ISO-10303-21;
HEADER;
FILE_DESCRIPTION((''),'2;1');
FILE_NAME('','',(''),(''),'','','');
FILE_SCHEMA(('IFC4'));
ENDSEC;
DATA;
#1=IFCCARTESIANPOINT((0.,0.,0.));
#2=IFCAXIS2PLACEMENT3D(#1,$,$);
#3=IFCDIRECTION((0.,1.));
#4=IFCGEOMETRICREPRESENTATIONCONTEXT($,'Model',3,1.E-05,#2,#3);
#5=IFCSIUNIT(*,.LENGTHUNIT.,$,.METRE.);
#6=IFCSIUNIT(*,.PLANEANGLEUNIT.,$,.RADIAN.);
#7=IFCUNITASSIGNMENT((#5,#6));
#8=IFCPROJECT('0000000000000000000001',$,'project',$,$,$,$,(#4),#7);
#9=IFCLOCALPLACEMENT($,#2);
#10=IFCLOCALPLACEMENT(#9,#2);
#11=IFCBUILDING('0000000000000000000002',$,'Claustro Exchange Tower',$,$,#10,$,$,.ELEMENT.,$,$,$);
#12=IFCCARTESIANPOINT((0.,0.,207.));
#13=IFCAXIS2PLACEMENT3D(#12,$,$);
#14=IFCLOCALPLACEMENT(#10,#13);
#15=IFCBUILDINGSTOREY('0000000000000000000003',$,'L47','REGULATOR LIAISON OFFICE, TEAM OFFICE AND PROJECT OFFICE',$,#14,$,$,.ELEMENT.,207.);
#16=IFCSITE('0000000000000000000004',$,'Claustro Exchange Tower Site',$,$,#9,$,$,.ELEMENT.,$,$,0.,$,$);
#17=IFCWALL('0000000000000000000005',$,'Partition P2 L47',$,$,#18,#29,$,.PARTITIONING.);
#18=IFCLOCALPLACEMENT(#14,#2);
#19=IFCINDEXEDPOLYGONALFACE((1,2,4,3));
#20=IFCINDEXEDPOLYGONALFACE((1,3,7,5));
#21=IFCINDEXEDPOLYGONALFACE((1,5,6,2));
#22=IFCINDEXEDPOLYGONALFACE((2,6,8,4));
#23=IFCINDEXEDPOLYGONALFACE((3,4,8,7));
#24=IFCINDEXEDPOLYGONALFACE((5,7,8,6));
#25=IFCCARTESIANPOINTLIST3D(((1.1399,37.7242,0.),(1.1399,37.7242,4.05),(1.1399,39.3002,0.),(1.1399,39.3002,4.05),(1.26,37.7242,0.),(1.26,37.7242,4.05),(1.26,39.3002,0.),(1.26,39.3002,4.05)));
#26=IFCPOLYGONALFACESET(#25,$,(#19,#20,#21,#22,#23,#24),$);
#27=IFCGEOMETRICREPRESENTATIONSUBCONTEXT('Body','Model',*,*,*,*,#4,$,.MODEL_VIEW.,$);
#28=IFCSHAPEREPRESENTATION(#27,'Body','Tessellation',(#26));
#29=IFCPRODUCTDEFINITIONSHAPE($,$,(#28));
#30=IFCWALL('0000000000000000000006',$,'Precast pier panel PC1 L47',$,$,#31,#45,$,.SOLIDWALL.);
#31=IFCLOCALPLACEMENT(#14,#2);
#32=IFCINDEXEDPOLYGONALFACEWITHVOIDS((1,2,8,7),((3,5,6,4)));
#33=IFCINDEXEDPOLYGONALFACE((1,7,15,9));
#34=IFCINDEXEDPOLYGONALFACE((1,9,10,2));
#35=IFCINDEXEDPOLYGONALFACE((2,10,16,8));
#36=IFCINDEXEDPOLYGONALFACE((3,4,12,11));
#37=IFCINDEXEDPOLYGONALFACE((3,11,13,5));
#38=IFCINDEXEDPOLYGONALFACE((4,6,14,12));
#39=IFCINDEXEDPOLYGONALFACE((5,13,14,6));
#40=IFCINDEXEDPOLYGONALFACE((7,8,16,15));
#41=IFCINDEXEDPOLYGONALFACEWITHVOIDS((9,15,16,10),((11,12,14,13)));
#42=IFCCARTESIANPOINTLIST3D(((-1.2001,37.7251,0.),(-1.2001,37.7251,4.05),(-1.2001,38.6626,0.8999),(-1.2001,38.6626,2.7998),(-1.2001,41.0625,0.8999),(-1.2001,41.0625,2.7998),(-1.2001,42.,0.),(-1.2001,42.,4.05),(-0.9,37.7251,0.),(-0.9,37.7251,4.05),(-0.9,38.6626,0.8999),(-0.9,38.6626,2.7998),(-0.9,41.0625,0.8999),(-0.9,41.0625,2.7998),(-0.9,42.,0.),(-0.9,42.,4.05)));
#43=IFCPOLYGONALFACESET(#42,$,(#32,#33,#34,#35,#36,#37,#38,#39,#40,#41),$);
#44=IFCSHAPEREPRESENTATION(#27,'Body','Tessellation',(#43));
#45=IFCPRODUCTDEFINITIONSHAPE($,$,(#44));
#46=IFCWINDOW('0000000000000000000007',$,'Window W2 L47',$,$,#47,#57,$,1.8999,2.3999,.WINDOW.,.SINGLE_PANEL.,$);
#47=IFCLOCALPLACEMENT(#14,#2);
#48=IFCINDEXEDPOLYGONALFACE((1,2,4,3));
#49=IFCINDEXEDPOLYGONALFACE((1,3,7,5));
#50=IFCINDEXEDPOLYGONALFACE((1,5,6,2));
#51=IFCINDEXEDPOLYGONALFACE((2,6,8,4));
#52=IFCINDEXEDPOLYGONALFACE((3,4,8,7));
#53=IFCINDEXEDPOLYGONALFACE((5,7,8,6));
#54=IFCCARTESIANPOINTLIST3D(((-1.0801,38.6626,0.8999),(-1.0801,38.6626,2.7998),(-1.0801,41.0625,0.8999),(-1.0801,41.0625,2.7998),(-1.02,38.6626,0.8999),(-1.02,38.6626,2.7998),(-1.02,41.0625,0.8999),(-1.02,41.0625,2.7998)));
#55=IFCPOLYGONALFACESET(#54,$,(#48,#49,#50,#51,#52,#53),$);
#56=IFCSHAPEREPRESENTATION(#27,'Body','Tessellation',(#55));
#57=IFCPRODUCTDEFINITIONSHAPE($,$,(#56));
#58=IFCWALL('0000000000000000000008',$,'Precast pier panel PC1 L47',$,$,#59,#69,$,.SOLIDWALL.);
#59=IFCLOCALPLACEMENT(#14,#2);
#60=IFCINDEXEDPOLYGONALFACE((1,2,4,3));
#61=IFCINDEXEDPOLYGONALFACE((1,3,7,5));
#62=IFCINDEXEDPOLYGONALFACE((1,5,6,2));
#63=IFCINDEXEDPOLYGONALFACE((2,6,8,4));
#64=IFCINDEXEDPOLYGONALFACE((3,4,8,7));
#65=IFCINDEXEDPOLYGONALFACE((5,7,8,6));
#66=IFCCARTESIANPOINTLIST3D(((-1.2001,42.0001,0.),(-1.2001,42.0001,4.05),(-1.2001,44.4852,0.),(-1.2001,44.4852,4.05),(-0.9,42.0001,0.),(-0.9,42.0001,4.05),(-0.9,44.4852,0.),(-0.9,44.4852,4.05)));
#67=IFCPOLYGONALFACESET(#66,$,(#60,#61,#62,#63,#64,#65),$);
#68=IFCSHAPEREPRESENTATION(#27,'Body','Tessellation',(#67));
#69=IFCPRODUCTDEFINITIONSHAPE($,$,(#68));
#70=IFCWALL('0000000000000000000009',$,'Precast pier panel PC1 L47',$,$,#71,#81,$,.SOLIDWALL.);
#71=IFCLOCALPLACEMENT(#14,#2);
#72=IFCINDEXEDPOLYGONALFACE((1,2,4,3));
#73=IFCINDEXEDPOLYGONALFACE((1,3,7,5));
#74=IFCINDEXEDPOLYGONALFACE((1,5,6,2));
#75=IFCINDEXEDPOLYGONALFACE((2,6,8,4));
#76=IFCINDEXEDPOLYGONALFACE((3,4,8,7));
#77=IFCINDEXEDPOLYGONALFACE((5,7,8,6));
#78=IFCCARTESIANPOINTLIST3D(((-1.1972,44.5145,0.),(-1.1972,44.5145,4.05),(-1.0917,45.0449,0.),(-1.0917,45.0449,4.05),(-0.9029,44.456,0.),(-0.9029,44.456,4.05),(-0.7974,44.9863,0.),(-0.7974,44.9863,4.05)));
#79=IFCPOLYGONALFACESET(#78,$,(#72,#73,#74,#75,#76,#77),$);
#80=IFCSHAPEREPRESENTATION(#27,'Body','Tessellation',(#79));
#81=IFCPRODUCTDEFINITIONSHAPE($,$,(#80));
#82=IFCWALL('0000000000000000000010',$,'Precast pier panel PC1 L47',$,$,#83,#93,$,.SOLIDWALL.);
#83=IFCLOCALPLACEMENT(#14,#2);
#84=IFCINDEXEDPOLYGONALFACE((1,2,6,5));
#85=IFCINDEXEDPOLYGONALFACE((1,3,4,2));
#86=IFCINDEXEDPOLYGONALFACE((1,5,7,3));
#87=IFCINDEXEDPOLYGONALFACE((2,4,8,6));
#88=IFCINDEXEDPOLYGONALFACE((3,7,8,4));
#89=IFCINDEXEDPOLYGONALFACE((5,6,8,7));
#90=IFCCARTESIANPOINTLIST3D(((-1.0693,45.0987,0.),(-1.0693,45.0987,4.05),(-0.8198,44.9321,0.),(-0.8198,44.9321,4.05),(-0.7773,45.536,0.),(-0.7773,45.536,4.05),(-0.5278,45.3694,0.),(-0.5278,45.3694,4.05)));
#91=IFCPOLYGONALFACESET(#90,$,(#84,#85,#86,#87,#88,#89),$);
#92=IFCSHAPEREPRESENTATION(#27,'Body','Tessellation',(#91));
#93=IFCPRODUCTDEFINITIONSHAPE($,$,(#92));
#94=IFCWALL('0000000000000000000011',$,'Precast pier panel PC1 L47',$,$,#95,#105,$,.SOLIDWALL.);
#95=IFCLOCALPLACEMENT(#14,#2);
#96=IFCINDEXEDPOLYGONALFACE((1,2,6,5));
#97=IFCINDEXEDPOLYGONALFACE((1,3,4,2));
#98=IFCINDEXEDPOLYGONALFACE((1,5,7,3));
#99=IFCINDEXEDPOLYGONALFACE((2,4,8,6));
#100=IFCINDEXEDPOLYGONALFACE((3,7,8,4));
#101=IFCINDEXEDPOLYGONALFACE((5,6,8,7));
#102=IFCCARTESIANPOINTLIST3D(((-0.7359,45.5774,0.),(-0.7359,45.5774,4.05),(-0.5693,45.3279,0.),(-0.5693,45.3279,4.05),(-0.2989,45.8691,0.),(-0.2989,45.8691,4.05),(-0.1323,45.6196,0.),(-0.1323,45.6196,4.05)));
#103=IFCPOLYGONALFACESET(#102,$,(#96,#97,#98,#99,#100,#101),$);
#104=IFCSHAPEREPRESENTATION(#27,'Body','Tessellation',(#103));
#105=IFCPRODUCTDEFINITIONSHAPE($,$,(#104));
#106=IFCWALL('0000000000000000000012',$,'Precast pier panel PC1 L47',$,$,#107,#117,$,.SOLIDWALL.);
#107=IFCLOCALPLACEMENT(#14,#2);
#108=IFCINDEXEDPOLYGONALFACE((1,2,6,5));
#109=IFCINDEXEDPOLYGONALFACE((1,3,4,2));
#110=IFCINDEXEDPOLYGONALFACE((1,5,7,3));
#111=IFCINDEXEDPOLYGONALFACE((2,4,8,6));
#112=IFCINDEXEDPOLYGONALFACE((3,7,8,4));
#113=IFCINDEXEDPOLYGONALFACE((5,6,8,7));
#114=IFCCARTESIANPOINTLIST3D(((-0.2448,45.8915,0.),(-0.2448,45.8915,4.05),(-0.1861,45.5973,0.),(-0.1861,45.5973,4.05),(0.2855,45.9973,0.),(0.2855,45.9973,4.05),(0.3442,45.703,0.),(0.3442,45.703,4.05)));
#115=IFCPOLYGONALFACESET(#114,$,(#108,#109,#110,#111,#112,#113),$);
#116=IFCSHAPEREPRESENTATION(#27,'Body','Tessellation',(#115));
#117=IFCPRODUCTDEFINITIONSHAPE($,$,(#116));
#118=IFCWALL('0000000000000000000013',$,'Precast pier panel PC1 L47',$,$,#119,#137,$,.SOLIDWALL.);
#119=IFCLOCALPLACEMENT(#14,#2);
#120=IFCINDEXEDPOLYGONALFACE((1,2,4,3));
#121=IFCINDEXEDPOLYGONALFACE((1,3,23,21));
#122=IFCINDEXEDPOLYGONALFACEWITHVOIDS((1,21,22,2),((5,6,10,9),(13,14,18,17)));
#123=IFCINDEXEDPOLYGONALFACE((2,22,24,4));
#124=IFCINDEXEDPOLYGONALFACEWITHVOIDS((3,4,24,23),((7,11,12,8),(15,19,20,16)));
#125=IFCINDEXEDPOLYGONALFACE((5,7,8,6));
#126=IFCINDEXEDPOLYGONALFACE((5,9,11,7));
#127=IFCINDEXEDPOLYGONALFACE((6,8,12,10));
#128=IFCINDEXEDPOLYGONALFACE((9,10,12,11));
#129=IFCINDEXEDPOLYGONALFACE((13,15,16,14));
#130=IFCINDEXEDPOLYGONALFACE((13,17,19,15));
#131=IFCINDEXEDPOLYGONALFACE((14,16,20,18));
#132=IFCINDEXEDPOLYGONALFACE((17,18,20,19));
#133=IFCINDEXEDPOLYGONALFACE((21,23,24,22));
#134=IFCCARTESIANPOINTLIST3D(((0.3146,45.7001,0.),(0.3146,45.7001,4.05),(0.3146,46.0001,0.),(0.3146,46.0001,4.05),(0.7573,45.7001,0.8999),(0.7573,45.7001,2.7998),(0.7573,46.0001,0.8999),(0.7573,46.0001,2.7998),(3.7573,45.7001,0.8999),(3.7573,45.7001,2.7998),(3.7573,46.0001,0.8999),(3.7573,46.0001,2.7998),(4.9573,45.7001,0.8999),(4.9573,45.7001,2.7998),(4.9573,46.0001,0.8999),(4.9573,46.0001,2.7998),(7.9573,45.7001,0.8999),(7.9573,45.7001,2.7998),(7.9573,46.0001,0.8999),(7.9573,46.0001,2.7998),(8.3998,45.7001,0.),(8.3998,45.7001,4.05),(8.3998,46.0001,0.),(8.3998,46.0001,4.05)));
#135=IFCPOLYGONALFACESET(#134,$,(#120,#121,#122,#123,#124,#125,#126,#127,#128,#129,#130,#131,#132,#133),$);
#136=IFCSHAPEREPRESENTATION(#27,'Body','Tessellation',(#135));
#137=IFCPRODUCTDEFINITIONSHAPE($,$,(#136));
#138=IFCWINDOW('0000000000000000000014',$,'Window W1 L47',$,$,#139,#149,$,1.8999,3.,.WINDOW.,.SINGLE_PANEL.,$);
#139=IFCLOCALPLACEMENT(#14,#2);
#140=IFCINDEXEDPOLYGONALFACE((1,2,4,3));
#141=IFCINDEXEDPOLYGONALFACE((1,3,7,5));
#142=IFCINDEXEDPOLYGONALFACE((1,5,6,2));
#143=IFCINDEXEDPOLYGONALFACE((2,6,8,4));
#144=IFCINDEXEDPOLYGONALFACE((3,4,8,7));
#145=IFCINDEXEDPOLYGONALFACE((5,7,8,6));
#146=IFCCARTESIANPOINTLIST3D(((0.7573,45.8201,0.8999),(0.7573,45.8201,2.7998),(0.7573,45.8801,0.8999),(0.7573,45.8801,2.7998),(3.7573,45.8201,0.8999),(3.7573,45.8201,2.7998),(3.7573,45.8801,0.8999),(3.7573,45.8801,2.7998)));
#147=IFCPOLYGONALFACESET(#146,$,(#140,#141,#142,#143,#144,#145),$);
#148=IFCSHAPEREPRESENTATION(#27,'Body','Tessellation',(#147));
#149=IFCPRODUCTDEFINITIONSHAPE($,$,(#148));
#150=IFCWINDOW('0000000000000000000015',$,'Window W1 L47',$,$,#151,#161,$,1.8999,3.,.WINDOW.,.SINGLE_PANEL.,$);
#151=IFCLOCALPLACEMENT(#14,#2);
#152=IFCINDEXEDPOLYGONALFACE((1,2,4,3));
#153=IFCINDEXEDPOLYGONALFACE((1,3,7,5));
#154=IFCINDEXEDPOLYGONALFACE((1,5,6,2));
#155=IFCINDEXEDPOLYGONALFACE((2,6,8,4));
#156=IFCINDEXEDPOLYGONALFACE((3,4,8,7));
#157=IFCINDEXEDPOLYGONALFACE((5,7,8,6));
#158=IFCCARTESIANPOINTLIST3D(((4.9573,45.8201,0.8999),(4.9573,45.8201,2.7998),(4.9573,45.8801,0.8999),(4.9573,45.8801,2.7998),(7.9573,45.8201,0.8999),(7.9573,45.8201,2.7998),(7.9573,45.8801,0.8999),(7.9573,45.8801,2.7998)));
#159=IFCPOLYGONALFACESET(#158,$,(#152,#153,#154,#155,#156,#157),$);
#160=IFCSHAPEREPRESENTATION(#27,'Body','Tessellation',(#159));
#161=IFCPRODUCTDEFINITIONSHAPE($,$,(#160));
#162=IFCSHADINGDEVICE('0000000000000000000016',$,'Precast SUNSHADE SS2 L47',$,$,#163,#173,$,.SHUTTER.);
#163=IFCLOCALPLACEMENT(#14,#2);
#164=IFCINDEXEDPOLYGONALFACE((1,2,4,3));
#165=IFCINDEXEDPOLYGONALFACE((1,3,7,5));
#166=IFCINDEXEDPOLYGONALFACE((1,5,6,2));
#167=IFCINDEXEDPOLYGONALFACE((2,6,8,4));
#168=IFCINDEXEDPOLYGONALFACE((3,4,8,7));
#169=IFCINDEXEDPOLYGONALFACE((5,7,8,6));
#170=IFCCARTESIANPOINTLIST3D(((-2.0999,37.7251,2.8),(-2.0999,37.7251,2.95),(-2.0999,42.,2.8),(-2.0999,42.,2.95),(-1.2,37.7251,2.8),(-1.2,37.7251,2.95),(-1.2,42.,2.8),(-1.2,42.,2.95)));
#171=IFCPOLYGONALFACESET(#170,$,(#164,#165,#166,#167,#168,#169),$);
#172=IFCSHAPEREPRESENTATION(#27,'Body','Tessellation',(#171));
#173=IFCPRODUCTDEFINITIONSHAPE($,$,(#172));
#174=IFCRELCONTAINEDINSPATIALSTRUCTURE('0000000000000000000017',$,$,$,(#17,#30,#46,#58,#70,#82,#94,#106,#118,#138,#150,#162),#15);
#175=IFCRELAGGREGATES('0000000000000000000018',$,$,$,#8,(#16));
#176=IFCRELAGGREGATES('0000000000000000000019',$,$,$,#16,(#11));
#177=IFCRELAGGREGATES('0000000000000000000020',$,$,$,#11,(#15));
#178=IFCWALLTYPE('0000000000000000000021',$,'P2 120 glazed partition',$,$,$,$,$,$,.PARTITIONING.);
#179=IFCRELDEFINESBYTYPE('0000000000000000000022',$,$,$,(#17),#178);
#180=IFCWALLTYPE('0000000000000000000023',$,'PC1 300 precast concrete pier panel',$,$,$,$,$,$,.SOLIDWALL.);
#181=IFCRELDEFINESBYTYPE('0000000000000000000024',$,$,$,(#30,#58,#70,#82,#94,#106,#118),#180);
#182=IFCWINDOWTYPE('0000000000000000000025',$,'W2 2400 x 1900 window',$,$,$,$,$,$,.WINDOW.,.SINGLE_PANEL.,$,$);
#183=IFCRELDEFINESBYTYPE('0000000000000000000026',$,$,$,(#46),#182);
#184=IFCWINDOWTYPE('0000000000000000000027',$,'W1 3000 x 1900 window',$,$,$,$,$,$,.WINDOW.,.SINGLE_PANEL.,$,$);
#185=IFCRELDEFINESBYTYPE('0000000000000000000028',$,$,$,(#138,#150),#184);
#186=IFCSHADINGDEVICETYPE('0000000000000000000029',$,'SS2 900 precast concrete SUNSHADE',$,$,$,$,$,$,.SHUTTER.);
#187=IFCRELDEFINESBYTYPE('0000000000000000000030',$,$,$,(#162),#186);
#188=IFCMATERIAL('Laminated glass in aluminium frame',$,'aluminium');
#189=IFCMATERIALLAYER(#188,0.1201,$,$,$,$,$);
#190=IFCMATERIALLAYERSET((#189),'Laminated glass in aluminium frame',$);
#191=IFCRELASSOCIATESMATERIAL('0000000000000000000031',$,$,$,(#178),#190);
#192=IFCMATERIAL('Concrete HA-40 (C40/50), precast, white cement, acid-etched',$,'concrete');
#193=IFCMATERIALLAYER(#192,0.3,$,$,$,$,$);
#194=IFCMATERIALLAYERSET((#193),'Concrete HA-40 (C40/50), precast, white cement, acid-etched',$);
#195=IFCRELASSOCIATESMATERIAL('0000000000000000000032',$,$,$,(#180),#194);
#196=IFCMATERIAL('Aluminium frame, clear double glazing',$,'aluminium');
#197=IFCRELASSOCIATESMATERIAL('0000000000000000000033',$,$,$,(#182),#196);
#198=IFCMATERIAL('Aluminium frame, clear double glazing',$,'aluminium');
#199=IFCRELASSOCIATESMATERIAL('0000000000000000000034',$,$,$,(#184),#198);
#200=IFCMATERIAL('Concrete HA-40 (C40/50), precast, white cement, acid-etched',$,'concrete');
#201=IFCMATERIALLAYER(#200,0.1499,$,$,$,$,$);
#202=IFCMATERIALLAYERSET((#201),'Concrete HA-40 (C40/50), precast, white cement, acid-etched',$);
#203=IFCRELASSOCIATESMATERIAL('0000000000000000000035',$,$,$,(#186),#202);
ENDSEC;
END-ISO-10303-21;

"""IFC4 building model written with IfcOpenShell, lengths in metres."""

from ifc_helpers import new_model, si_unit, direction, frame, frame_2d, origin, origin_2d, place, context, subcontext, project, spatial, rectangle, extrude, material, layer, layer_set, type_object, element, fill, save


model = new_model("IFC4")

# Units and contexts
model_context = context("Model", 3, precision=1e-05, world=origin(), true_north=direction((0.0, 1.0)))
body_context = subcontext(model_context, "Body", "Model", "MODEL_VIEW")
ifc_project = project(units=[si_unit("LENGTHUNIT", "METRE"), si_unit("PLANEANGLEUNIT", "RADIAN")], contexts=[model_context])

# Site, building, storey
site_placement = place(None, origin())
site = spatial("IfcSite", under=ifc_project, at=site_placement, Name="Claustro Exchange Tower Site", CompositionType="ELEMENT", RefElevation=0.0)
building_placement = place(site_placement, origin())
building = spatial("IfcBuilding", under=site, at=building_placement, Name="Claustro Exchange Tower", CompositionType="ELEMENT")
storey_placement = place(building_placement, frame((0.0, 0.0, 207.0)))
storey = spatial("IfcBuildingStorey", under=building, at=storey_placement, Name="L47", Description="REGULATOR LIAISON OFFICE, TEAM OFFICE AND PROJECT OFFICE", CompositionType="ELEMENT", Elevation=207.0)

# Shared definitions
ifc_material_1 = material(Name="Laminated glass in aluminium frame", Category="aluminium")
ifc_layer_1 = layer(ifc_material_1, 0.1201)
ifc_layer_set_1 = layer_set([ifc_layer_1], Name="Laminated glass in aluminium frame")
wall_type_1 = type_object("IfcWallType", Name="P2 120 glazed partition", PredefinedType="PARTITIONING", material=ifc_layer_set_1)

# Wall
wall_1_placement = place(storey_placement, frame((1.2, 37.7241, 0.0), z_axis=(0.0, 0.0, 1.0), x_axis=(0.0, 1.0, 0.0)))
element("IfcWall", 1, at=wall_1_placement, inside=storey, type_object=wall_type_1, Name="Partition P2 L47", PredefinedType="PARTITIONING", context=body_context, shape_type="SweptSolid", body=[
    extrude(rectangle(XDim=1.5759, YDim=0.1201, at=frame_2d((0.7881, 0.0))), origin(), (0.0, 0.0, 1.0), 4.05),
])

# Wall, opening, window
ifc_material_2 = material(Name="Concrete HA-40 (C40/50), precast, white cement, acid-etched", Category="concrete")
ifc_layer_2 = layer(ifc_material_2, 0.3)
ifc_layer_set_2 = layer_set([ifc_layer_2], Name="Concrete HA-40 (C40/50), precast, white cement, acid-etched")
wall_type_2 = type_object("IfcWallType", Name="PC1 300 precast concrete pier panel", PredefinedType="SOLIDWALL", material=ifc_layer_set_2)
wall_2_placement = place(storey_placement, frame((-1.05, 37.7251, 0.0), z_axis=(0.0, 0.0, 1.0), x_axis=(0.0, 1.0, 0.0)))
wall_2 = element("IfcWall", 2, at=wall_2_placement, inside=storey, type_object=wall_type_2, Name="Precast pier panel PC1 L47", PredefinedType="SOLIDWALL", context=body_context, shape_type="SweptSolid", body=[
    extrude(rectangle(XDim=4.2749, YDim=0.3, at=frame_2d((2.1375, 0.0))), origin(), (0.0, 0.0, 1.0), 4.05),
])
opening_1_placement = place(wall_2_placement, frame((0.9375, 0.0, 0.8999)))
opening_1 = element("IfcOpeningElement", 3, at=opening_1_placement, cuts=wall_2, PredefinedType="OPENING", context=body_context, shape_type="SweptSolid", body=[
    extrude(rectangle(XDim=2.3999, YDim=1.8999, at=frame_2d((1.2, 0.95))), frame((0.0, 0.1599, 0.0), z_axis=(0.0, -1.0, 0.0), x_axis=(1.0, 0.0, 0.0)), (0.0, 0.0, 1.0), 0.3201),
])
ifc_material_3 = material(Name="Aluminium frame, clear double glazing", Category="aluminium")
window_type_1 = type_object("IfcWindowType", Name="W2 2400 x 1900 window", PartitioningType="SINGLE_PANEL", PredefinedType="WINDOW", material=ifc_material_3)
window_1_placement = place(opening_1_placement, origin())
window_1 = element("IfcWindow", 4, at=window_1_placement, inside=storey, type_object=window_type_1, Name="Window W2 L47", OverallHeight=1.8999, OverallWidth=2.3999, PartitioningType="SINGLE_PANEL", PredefinedType="WINDOW", context=body_context, shape_type="SweptSolid", body=[
    extrude(rectangle(XDim=2.3999, YDim=1.8999, at=frame_2d((1.2, 0.95))), frame((0.0, 0.03, 0.0), z_axis=(0.0, -1.0, 0.0), x_axis=(1.0, 0.0, 0.0)), (0.0, 0.0, 1.0), 0.0601),
])
fill(opening_1, window_1)

# Walls
wall_3_placement = place(storey_placement, frame((-1.05, 42.0, 0.0), z_axis=(0.0, 0.0, 1.0), x_axis=(0.0, 1.0, 0.0)))
element("IfcWall", 5, at=wall_3_placement, inside=storey, type_object=wall_type_2, Name="Precast pier panel PC1 L47", PredefinedType="SOLIDWALL", context=body_context, shape_type="SweptSolid", body=[
    extrude(rectangle(XDim=2.4851, YDim=0.3, at=frame_2d((1.2427, 0.0))), origin(), (0.0, 0.0, 1.0), 4.05),
])
wall_4_placement = place(storey_placement, frame((-1.05, 44.4851, 0.0), z_axis=(0.0, 0.0, 1.0), x_axis=(0.195074, 0.980789, 0.0)))
element("IfcWall", 6, at=wall_4_placement, inside=storey, type_object=wall_type_2, Name="Precast pier panel PC1 L47", PredefinedType="SOLIDWALL", context=body_context, shape_type="SweptSolid", body=[
    extrude(rectangle(XDim=0.5408, YDim=0.3, at=frame_2d((0.2705, 0.0))), origin(), (0.0, 0.0, 1.0), 4.05),
])
wall_5_placement = place(storey_placement, frame((-0.9446, 45.0154, 0.0), z_axis=(0.0, 0.0, 1.0), x_axis=(0.555343, 0.831621, 0.0)))
element("IfcWall", 7, at=wall_5_placement, inside=storey, type_object=wall_type_2, Name="Precast pier panel PC1 L47", PredefinedType="SOLIDWALL", context=body_context, shape_type="SweptSolid", body=[
    extrude(rectangle(XDim=0.5259, YDim=0.3, at=frame_2d((0.2629, 0.0))), origin(), (0.0, 0.0, 1.0), 4.05),
])
wall_6_placement = place(storey_placement, frame((-0.6526, 45.4526, 0.0), z_axis=(0.0, 0.0, 1.0), x_axis=(0.831693, 0.555236, 0.0)))
element("IfcWall", 8, at=wall_6_placement, inside=storey, type_object=wall_type_2, Name="Precast pier panel PC1 L47", PredefinedType="SOLIDWALL", context=body_context, shape_type="SweptSolid", body=[
    extrude(rectangle(XDim=0.5254, YDim=0.3, at=frame_2d((0.2627, 0.0))), origin(), (0.0, 0.0, 1.0), 4.05),
])
wall_7_placement = place(storey_placement, frame((-0.2156, 45.7444, 0.0), z_axis=(0.0, 0.0, 1.0), x_axis=(0.980702, 0.195508, 0.0)))
element("IfcWall", 9, at=wall_7_placement, inside=storey, type_object=wall_type_2, Name="Precast pier panel PC1 L47", PredefinedType="SOLIDWALL", context=body_context, shape_type="SweptSolid", body=[
    extrude(rectangle(XDim=0.5408, YDim=0.3, at=frame_2d((0.2705, 0.0))), origin(), (0.0, 0.0, 1.0), 4.05),
])

# Wall, openings, windows
wall_8_placement = place(storey_placement, frame((0.3147, 45.8501, 0.0), z_axis=(0.0, 0.0, 1.0), x_axis=(1.0, 0.0, 0.0)))
wall_8 = element("IfcWall", 10, at=wall_8_placement, inside=storey, type_object=wall_type_2, Name="Precast pier panel PC1 L47", PredefinedType="SOLIDWALL", context=body_context, shape_type="SweptSolid", body=[
    extrude(rectangle(XDim=8.0852, YDim=0.3, at=frame_2d((4.0425, 0.0))), origin(), (0.0, 0.0, 1.0), 4.05),
])
opening_2_placement = place(wall_8_placement, frame((0.4426, 0.0, 0.8999)))
opening_2 = element("IfcOpeningElement", 11, at=opening_2_placement, cuts=wall_8, PredefinedType="OPENING", context=body_context, shape_type="SweptSolid", body=[
    extrude(rectangle(XDim=3.0, YDim=1.8999, at=frame_2d((1.5, 0.95))), frame((0.0, 0.1599, 0.0), z_axis=(0.0, -1.0, 0.0), x_axis=(1.0, 0.0, 0.0)), (0.0, 0.0, 1.0), 0.3201),
])
opening_3_placement = place(wall_8_placement, frame((4.6426, 0.0, 0.8999)))
opening_3 = element("IfcOpeningElement", 12, at=opening_3_placement, cuts=wall_8, PredefinedType="OPENING", context=body_context, shape_type="SweptSolid", body=[
    extrude(rectangle(XDim=3.0, YDim=1.8999, at=frame_2d((1.5, 0.95))), frame((0.0, 0.1599, 0.0), z_axis=(0.0, -1.0, 0.0), x_axis=(1.0, 0.0, 0.0)), (0.0, 0.0, 1.0), 0.3201),
])
ifc_material_4 = material(Name="Aluminium frame, clear double glazing", Category="aluminium")
window_type_2 = type_object("IfcWindowType", Name="W1 3000 x 1900 window", PartitioningType="SINGLE_PANEL", PredefinedType="WINDOW", material=ifc_material_4)
window_2_placement = place(opening_2_placement, origin())
window_2 = element("IfcWindow", 13, at=window_2_placement, inside=storey, type_object=window_type_2, Name="Window W1 L47", OverallHeight=1.8999, OverallWidth=3.0, PartitioningType="SINGLE_PANEL", PredefinedType="WINDOW", context=body_context, shape_type="SweptSolid", body=[
    extrude(rectangle(XDim=3.0, YDim=1.8999, at=frame_2d((1.5, 0.95))), frame((0.0, 0.03, 0.0), z_axis=(0.0, -1.0, 0.0), x_axis=(1.0, 0.0, 0.0)), (0.0, 0.0, 1.0), 0.0601),
])
fill(opening_2, window_2)
window_3_placement = place(opening_3_placement, origin())
window_3 = element("IfcWindow", 14, at=window_3_placement, inside=storey, type_object=window_type_2, Name="Window W1 L47", OverallHeight=1.8999, OverallWidth=3.0, PartitioningType="SINGLE_PANEL", PredefinedType="WINDOW", context=body_context, shape_type="SweptSolid", body=[
    extrude(rectangle(XDim=3.0, YDim=1.8999, at=frame_2d((1.5, 0.95))), frame((0.0, 0.03, 0.0), z_axis=(0.0, -1.0, 0.0), x_axis=(1.0, 0.0, 0.0)), (0.0, 0.0, 1.0), 0.0601),
])
fill(opening_3, window_3)

# Shading device
ifc_material_5 = material(Name="Concrete HA-40 (C40/50), precast, white cement, acid-etched", Category="concrete")
ifc_layer_3 = layer(ifc_material_5, 0.1499)
ifc_layer_set_3 = layer_set([ifc_layer_3], Name="Concrete HA-40 (C40/50), precast, white cement, acid-etched")
shading_device_type = type_object("IfcShadingDeviceType", Name="SS2 900 precast concrete SUNSHADE", PredefinedType="SHUTTER", material=ifc_layer_set_3)
shading_device_placement = place(storey_placement, frame((-1.6499, 39.8625, 2.8), z_axis=(0.0, 0.0, 1.0), x_axis=(0.0, 1.0, 0.0)))
element("IfcShadingDevice", 15, at=shading_device_placement, inside=storey, type_object=shading_device_type, Name="Precast SUNSHADE SS2 L47", PredefinedType="SHUTTER", context=body_context, shape_type="SweptSolid", body=[
    extrude(rectangle(XDim=4.2749, YDim=0.8999, at=origin_2d()), origin(), (0.0, 0.0, 1.0), 0.1499),
])

save(model, "model.ifc")
